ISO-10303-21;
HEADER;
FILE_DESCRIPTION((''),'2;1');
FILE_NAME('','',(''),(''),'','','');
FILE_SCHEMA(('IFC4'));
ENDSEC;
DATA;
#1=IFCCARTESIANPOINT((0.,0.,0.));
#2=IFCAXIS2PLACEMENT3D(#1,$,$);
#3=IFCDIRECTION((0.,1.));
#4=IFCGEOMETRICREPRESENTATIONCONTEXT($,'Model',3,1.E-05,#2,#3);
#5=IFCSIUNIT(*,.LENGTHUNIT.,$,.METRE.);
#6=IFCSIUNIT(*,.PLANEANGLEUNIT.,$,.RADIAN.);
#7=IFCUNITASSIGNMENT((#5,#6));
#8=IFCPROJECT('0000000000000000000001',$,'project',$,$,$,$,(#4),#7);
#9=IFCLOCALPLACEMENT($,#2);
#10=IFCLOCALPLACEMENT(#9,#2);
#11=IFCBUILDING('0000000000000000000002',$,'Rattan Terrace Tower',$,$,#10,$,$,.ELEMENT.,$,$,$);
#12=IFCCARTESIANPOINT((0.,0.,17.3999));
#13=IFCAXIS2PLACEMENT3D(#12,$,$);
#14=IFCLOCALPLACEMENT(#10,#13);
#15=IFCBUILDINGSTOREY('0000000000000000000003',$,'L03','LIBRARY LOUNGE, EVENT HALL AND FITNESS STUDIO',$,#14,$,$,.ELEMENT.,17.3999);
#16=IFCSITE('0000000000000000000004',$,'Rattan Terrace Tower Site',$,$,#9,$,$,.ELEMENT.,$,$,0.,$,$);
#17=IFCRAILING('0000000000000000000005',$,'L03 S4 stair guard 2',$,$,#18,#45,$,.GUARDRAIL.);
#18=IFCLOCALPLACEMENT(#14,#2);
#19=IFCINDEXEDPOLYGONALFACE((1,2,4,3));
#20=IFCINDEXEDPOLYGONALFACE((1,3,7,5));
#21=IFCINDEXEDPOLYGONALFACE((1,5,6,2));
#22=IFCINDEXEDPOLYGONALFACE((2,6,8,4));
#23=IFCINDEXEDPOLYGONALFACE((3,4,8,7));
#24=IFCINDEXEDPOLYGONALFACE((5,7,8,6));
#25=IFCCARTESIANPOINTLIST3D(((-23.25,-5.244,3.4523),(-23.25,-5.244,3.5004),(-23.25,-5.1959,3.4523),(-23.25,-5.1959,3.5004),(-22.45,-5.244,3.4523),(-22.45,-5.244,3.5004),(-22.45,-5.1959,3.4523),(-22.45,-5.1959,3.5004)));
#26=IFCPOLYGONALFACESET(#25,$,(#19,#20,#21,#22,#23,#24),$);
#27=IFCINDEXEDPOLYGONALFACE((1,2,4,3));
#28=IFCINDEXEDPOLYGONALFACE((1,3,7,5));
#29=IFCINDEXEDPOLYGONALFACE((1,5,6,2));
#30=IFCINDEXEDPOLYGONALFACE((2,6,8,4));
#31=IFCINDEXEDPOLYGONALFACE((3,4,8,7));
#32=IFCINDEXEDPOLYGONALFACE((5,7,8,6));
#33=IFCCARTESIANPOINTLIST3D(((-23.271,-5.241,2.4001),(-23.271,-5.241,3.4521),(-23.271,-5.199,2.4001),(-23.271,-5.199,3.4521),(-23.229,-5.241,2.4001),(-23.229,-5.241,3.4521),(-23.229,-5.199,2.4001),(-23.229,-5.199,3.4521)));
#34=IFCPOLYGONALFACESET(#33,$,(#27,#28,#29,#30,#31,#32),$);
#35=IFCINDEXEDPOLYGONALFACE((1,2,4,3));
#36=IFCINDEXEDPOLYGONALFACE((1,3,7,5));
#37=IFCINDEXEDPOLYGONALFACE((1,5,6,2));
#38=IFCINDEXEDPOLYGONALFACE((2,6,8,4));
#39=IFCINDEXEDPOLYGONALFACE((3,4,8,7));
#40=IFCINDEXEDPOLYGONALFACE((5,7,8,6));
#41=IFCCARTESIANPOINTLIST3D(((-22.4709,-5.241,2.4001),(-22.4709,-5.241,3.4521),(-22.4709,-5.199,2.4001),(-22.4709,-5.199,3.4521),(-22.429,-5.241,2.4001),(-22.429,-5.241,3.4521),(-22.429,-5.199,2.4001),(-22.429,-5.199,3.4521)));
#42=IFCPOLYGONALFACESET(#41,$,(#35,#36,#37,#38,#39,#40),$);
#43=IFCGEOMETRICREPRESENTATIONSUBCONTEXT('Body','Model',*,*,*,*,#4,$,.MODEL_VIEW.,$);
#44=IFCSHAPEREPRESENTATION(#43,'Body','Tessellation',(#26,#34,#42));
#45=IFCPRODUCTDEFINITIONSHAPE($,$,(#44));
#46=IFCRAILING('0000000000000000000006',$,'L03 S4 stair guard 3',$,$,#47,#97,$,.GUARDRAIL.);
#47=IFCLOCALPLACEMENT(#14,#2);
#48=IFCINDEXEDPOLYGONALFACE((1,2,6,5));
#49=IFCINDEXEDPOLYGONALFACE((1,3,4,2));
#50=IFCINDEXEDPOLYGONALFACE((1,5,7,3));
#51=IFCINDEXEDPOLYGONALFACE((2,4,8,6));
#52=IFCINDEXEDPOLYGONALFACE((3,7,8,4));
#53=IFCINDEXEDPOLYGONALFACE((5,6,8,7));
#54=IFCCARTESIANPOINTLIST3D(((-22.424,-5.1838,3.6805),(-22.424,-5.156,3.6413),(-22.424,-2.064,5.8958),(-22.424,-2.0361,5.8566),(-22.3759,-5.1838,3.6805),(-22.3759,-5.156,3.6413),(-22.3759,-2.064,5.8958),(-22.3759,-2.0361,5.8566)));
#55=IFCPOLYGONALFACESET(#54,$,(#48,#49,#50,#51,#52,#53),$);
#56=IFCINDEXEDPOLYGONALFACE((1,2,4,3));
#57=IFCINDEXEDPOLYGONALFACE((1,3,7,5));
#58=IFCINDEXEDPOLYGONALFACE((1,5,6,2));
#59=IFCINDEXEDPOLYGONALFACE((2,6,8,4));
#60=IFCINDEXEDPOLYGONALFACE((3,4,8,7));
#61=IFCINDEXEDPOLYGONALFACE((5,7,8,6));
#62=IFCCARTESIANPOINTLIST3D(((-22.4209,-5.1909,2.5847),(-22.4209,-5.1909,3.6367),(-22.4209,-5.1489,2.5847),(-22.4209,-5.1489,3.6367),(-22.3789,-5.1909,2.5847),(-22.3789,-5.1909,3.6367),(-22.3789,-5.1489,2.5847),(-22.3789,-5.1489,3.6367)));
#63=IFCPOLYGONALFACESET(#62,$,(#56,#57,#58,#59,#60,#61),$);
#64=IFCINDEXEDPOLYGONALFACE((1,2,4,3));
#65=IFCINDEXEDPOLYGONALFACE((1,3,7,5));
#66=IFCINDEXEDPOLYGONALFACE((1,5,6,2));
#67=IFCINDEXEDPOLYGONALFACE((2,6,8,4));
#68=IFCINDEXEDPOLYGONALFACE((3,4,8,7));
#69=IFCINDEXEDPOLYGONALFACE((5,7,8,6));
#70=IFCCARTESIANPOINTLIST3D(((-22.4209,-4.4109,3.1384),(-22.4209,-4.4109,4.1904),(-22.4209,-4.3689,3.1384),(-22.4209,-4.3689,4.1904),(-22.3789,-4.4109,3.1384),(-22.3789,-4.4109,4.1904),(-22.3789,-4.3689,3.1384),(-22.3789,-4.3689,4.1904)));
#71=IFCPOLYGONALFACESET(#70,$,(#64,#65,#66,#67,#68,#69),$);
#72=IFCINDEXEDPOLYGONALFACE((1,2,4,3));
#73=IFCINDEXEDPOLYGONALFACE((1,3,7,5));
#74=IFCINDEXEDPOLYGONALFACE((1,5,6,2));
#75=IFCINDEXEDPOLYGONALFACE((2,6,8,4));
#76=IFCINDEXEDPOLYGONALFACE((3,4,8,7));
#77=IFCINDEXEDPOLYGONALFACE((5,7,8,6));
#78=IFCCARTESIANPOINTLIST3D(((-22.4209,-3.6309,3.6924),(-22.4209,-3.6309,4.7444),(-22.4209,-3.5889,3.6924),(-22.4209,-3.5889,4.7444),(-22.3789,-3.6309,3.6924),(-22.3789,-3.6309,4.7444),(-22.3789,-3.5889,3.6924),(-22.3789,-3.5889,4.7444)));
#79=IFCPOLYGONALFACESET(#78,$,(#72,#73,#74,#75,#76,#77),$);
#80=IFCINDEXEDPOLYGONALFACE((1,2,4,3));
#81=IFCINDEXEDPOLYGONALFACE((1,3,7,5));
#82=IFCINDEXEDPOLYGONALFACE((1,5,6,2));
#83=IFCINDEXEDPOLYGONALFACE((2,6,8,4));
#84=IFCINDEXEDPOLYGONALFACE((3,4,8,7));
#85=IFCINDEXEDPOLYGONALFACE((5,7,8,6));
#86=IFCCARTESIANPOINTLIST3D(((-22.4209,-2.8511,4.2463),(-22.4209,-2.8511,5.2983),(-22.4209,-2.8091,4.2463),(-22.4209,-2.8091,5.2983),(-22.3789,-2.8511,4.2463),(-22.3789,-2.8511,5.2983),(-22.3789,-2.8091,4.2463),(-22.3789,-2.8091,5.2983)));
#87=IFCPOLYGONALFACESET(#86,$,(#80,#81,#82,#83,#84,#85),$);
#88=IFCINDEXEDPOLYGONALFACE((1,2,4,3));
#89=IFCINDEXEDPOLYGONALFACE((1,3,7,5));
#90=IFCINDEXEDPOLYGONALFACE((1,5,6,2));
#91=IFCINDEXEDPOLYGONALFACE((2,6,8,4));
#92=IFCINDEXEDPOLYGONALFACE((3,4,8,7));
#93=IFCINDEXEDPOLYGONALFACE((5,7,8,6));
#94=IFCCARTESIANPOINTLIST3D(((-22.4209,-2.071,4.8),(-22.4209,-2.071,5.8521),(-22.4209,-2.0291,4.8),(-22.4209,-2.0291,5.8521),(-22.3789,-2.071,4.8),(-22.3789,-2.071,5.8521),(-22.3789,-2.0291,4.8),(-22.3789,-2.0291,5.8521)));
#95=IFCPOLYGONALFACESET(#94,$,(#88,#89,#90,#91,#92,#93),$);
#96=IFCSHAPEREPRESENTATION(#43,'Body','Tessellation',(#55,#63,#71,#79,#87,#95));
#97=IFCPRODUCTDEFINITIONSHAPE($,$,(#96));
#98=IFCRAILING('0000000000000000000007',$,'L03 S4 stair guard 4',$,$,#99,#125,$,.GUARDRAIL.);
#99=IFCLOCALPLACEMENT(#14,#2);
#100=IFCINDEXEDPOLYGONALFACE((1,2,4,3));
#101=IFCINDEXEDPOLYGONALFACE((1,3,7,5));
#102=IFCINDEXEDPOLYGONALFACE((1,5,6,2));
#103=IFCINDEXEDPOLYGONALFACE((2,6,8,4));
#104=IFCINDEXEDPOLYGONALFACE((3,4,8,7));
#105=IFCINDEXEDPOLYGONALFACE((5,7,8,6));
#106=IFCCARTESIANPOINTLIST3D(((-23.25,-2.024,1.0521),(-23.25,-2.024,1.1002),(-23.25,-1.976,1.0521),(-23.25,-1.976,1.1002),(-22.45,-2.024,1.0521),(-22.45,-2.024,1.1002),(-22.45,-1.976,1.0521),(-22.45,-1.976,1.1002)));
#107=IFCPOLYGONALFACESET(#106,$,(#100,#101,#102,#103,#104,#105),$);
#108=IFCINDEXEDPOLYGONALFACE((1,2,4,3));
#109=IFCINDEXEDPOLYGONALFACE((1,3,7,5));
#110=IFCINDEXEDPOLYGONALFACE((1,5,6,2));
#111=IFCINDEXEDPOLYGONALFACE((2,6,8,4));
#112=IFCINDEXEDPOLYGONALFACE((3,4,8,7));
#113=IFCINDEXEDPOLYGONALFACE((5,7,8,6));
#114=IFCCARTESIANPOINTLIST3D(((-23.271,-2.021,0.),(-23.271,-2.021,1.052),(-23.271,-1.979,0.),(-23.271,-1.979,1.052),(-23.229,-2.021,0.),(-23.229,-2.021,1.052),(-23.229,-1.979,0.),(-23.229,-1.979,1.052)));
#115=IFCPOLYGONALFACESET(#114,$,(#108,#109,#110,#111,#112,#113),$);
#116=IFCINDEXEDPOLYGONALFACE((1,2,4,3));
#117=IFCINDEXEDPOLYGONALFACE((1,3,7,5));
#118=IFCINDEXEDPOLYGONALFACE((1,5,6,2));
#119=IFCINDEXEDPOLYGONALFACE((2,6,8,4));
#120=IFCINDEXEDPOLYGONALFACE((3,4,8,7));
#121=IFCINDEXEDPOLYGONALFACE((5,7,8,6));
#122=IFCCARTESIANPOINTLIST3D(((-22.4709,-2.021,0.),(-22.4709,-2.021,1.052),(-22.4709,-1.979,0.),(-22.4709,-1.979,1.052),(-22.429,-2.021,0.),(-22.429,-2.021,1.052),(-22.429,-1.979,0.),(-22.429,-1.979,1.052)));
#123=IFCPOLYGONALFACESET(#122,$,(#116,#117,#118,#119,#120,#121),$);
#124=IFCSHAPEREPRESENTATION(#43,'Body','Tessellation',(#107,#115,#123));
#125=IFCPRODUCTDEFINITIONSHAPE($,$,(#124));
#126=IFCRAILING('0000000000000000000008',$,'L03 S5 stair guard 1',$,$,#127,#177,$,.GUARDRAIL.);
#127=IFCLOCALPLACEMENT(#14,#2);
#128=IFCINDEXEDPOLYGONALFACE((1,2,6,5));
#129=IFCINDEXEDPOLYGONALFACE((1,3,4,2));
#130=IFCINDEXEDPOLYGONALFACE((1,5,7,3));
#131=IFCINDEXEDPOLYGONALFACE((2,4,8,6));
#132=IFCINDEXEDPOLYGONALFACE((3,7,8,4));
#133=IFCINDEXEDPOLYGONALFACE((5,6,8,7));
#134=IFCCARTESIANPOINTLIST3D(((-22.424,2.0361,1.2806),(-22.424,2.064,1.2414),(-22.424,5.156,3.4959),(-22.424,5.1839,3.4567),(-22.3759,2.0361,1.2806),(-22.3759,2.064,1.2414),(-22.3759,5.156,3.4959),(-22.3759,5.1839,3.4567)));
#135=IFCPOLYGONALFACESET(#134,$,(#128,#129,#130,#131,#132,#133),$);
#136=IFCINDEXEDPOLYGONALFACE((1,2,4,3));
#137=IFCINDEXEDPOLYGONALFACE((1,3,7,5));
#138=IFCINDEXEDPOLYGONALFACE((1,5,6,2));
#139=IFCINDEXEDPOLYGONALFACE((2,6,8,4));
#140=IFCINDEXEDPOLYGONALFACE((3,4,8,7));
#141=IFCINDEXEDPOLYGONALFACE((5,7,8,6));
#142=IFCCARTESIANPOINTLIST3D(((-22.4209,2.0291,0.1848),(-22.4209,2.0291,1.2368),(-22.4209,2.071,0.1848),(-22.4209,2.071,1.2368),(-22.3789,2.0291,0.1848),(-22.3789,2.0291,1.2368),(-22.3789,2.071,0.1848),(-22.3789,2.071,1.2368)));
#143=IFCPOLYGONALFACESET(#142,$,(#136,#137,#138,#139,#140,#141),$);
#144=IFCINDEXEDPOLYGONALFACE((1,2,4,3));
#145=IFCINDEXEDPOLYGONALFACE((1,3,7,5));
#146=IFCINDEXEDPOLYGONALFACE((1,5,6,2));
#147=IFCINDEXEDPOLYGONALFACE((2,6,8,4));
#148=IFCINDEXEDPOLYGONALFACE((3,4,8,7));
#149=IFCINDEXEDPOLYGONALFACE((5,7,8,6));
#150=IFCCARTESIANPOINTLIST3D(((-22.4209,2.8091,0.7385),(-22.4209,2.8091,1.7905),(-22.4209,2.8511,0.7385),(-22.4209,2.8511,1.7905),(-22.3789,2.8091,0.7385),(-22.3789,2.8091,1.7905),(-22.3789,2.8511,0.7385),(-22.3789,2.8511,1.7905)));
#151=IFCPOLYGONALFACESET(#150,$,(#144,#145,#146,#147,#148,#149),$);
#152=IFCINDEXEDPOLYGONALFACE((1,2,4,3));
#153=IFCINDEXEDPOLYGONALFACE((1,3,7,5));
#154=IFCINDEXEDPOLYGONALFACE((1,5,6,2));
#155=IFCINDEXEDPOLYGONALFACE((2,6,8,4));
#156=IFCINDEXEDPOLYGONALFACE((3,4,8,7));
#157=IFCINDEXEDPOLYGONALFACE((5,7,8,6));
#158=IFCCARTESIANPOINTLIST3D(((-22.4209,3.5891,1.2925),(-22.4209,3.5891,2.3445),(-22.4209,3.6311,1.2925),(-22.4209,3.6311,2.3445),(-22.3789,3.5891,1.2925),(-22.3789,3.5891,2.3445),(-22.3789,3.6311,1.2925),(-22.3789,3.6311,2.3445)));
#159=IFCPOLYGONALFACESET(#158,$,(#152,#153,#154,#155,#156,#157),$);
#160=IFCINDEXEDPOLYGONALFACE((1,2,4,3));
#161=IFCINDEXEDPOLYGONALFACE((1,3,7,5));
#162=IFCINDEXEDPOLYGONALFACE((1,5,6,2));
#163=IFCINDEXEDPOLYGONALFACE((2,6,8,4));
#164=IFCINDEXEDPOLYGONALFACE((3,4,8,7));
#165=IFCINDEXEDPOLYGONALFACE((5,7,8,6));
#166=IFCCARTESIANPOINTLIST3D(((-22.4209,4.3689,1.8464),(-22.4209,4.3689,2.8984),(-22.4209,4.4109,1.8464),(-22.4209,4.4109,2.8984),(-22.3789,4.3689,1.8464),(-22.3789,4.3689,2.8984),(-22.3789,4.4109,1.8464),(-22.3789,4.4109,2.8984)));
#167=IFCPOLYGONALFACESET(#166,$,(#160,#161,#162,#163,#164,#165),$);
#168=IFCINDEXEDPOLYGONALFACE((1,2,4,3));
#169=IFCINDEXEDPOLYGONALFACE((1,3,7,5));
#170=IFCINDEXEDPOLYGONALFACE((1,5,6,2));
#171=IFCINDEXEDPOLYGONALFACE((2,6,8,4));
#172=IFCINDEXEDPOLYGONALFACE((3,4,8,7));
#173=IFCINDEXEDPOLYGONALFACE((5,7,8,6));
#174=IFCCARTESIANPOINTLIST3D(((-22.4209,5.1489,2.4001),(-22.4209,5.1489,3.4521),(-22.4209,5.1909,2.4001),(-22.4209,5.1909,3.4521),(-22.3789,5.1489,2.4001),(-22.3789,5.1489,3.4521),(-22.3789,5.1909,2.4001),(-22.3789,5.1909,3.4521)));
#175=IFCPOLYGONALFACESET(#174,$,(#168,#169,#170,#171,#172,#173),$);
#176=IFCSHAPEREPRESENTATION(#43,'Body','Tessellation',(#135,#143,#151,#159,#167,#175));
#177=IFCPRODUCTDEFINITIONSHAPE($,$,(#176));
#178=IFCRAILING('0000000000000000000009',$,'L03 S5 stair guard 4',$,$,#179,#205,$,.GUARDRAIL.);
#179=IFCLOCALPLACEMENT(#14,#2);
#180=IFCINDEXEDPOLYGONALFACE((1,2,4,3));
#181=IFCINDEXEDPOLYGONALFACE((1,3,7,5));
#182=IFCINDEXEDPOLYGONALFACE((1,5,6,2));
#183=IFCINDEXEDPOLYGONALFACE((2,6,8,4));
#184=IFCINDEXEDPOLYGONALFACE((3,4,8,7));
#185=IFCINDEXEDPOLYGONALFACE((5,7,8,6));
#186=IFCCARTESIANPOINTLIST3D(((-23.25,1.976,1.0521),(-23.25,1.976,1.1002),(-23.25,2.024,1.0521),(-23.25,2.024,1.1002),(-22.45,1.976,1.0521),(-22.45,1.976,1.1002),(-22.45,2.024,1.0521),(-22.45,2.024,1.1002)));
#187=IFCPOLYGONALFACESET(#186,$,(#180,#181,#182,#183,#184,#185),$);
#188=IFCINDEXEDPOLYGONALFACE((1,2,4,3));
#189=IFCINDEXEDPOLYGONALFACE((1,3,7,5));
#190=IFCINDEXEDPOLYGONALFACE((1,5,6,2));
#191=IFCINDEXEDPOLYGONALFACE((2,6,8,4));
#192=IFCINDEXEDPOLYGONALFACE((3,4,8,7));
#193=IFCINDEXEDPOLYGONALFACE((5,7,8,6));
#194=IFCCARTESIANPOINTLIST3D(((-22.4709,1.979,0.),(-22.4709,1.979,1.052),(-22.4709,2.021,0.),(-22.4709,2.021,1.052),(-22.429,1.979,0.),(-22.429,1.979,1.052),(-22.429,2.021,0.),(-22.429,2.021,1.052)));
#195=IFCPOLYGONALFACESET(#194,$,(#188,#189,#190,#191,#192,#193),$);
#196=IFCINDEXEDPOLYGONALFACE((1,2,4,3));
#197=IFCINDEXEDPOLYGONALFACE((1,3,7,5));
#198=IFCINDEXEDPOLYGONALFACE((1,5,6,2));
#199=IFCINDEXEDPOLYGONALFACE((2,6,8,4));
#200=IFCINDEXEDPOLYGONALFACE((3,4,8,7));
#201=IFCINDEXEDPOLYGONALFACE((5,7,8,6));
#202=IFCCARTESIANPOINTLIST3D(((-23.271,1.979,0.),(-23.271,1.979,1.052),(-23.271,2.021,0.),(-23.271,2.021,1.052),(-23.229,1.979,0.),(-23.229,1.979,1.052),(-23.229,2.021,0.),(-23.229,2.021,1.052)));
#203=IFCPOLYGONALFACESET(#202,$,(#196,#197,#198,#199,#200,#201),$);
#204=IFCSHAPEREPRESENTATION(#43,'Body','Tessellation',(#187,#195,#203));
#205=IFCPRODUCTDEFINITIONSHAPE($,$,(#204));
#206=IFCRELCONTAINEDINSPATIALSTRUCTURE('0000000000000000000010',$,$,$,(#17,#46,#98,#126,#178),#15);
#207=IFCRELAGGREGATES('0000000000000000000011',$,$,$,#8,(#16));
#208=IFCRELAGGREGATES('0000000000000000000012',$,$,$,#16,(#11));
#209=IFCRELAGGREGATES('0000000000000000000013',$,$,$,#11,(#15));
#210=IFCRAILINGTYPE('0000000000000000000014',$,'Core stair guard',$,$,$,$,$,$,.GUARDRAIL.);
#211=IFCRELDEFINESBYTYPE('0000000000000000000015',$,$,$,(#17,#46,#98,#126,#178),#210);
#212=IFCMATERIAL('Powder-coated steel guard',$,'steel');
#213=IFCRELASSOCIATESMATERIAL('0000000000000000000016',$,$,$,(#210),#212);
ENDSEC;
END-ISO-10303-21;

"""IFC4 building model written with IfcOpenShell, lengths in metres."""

from ifc_helpers import new_model, si_unit, direction, frame, origin, origin_2d, place, context, subcontext, project, spatial, rectangle, extrude, material, type_object, element, save


model = new_model("IFC4")

# Units and contexts
model_context = context("Model", 3, precision=1e-05, world=origin(), true_north=direction((0.0, 1.0)))
body_context = subcontext(model_context, "Body", "Model", "MODEL_VIEW")
ifc_project = project(units=[si_unit("LENGTHUNIT", "METRE"), si_unit("PLANEANGLEUNIT", "RADIAN")], contexts=[model_context])

# Site, building, storey
site_placement = place(None, origin())
site = spatial("IfcSite", under=ifc_project, at=site_placement, Name="Rattan Terrace Tower Site", CompositionType="ELEMENT", RefElevation=0.0)
building_placement = place(site_placement, origin())
building = spatial("IfcBuilding", under=site, at=building_placement, Name="Rattan Terrace Tower", CompositionType="ELEMENT")
storey_placement = place(building_placement, frame((0.0, 0.0, 17.3999)))
storey = spatial("IfcBuildingStorey", under=building, at=storey_placement, Name="L03", Description="LIBRARY LOUNGE, EVENT HALL AND FITNESS STUDIO", CompositionType="ELEMENT", Elevation=17.3999)

# Railings
ifc_material_1 = material(Name="Powder-coated steel guard", Category="steel")
railing_type_1 = type_object("IfcRailingType", Name="Core stair guard", PredefinedType="GUARDRAIL", material=ifc_material_1)
railing_1_placement = place(storey_placement, frame((-23.25, -5.22, 2.4001)))
element("IfcRailing", 1, at=railing_1_placement, inside=storey, type_object=railing_type_1, Name="L03 S4 stair guard 2", PredefinedType="GUARDRAIL", context=body_context, shape_type="SweptSolid", body=[
    extrude(rectangle(XDim=0.0481, YDim=0.0481, at=origin_2d()), frame((0.0, 0.0, 1.0762), z_axis=(1.0, 0.0, 0.0), x_axis=(0.0, 1.0, 0.0)), (0.0, 0.0, 1.0), 0.8),
    extrude(rectangle(XDim=0.042, YDim=0.042, at=origin_2d()), origin(), (0.0, 0.0, 1.0), 1.052),
    extrude(rectangle(XDim=0.042, YDim=0.042, at=origin_2d()), frame((0.8, 0.0, 0.0)), (0.0, 0.0, 1.0), 1.052),
])
railing_2_placement = place(storey_placement, frame((-22.3999, -5.1699, 2.5847)))
element("IfcRailing", 2, at=railing_2_placement, inside=storey, type_object=railing_type_1, Name="L03 S4 stair guard 3", PredefinedType="GUARDRAIL", context=body_context, shape_type="SweptSolid", body=[
    extrude(rectangle(XDim=0.0481, YDim=0.0481, at=origin_2d()), frame((0.0, 0.0, 1.0762), z_axis=(0.0, 0.815356, 0.578961), x_axis=(-1.0, 0.0, 0.0)), (0.0, 0.0, 1.0), 3.8264),
    extrude(rectangle(XDim=0.042, YDim=0.042, at=origin_2d()), origin(), (0.0, 0.0, 1.0), 1.052),
    extrude(rectangle(XDim=0.042, YDim=0.042, at=origin_2d()), frame((0.0, 0.78, 0.5537)), (0.0, 0.0, 1.0), 1.052),
    extrude(rectangle(XDim=0.042, YDim=0.042, at=origin_2d()), frame((0.0, 1.5601, 1.1077)), (0.0, 0.0, 1.0), 1.052),
    extrude(rectangle(XDim=0.042, YDim=0.042, at=origin_2d()), frame((0.0, 2.3398, 1.6616)), (0.0, 0.0, 1.0), 1.052),
    extrude(rectangle(XDim=0.042, YDim=0.042, at=origin_2d()), frame((0.0, 3.1199, 2.2153)), (0.0, 0.0, 1.0), 1.052),
])
railing_3_placement = place(storey_placement, frame((-23.25, -2.0, 0.0)))
element("IfcRailing", 3, at=railing_3_placement, inside=storey, type_object=railing_type_1, Name="L03 S4 stair guard 4", PredefinedType="GUARDRAIL", context=body_context, shape_type="SweptSolid", body=[
    extrude(rectangle(XDim=0.0481, YDim=0.0481, at=origin_2d()), frame((0.0, 0.0, 1.0762), z_axis=(1.0, 0.0, 0.0), x_axis=(0.0, 1.0, 0.0)), (0.0, 0.0, 1.0), 0.8),
    extrude(rectangle(XDim=0.042, YDim=0.042, at=origin_2d()), origin(), (0.0, 0.0, 1.0), 1.052),
    extrude(rectangle(XDim=0.042, YDim=0.042, at=origin_2d()), frame((0.8, 0.0, 0.0)), (0.0, 0.0, 1.0), 1.052),
])
railing_4_placement = place(storey_placement, frame((-22.3999, 2.05, 0.1848)))
element("IfcRailing", 4, at=railing_4_placement, inside=storey, type_object=railing_type_1, Name="L03 S5 stair guard 1", PredefinedType="GUARDRAIL", context=body_context, shape_type="SweptSolid", body=[
    extrude(rectangle(XDim=0.0481, YDim=0.0481, at=origin_2d()), frame((0.0, 0.0, 1.0762), z_axis=(0.0, 0.815356, 0.578961), x_axis=(-1.0, 0.0, 0.0)), (0.0, 0.0, 1.0), 3.8264),
    extrude(rectangle(XDim=0.042, YDim=0.042, at=origin_2d()), origin(), (0.0, 0.0, 1.0), 1.052),
    extrude(rectangle(XDim=0.042, YDim=0.042, at=origin_2d()), frame((0.0, 0.78, 0.5537)), (0.0, 0.0, 1.0), 1.052),
    extrude(rectangle(XDim=0.042, YDim=0.042, at=origin_2d()), frame((0.0, 1.5601, 1.1077)), (0.0, 0.0, 1.0), 1.052),
    extrude(rectangle(XDim=0.042, YDim=0.042, at=origin_2d()), frame((0.0, 2.3398, 1.6616)), (0.0, 0.0, 1.0), 1.052),
    extrude(rectangle(XDim=0.042, YDim=0.042, at=origin_2d()), frame((0.0, 3.1199, 2.2153)), (0.0, 0.0, 1.0), 1.052),
])
railing_5_placement = place(storey_placement, frame((-22.45, 2.0, 0.0)))
element("IfcRailing", 5, at=railing_5_placement, inside=storey, type_object=railing_type_1, Name="L03 S5 stair guard 4", PredefinedType="GUARDRAIL", context=body_context, shape_type="SweptSolid", body=[
    extrude(rectangle(XDim=0.0481, YDim=0.0481, at=origin_2d()), frame((0.0, 0.0, 1.0762), z_axis=(-1.0, 0.0, 0.0), x_axis=(0.0, -1.0, 0.0)), (0.0, 0.0, 1.0), 0.8),
    extrude(rectangle(XDim=0.042, YDim=0.042, at=origin_2d()), origin(), (0.0, 0.0, 1.0), 1.052),
    extrude(rectangle(XDim=0.042, YDim=0.042, at=origin_2d()), frame((-0.8, 0.0, 0.0)), (0.0, 0.0, 1.0), 1.052),
])

save(model, "model.ifc")
